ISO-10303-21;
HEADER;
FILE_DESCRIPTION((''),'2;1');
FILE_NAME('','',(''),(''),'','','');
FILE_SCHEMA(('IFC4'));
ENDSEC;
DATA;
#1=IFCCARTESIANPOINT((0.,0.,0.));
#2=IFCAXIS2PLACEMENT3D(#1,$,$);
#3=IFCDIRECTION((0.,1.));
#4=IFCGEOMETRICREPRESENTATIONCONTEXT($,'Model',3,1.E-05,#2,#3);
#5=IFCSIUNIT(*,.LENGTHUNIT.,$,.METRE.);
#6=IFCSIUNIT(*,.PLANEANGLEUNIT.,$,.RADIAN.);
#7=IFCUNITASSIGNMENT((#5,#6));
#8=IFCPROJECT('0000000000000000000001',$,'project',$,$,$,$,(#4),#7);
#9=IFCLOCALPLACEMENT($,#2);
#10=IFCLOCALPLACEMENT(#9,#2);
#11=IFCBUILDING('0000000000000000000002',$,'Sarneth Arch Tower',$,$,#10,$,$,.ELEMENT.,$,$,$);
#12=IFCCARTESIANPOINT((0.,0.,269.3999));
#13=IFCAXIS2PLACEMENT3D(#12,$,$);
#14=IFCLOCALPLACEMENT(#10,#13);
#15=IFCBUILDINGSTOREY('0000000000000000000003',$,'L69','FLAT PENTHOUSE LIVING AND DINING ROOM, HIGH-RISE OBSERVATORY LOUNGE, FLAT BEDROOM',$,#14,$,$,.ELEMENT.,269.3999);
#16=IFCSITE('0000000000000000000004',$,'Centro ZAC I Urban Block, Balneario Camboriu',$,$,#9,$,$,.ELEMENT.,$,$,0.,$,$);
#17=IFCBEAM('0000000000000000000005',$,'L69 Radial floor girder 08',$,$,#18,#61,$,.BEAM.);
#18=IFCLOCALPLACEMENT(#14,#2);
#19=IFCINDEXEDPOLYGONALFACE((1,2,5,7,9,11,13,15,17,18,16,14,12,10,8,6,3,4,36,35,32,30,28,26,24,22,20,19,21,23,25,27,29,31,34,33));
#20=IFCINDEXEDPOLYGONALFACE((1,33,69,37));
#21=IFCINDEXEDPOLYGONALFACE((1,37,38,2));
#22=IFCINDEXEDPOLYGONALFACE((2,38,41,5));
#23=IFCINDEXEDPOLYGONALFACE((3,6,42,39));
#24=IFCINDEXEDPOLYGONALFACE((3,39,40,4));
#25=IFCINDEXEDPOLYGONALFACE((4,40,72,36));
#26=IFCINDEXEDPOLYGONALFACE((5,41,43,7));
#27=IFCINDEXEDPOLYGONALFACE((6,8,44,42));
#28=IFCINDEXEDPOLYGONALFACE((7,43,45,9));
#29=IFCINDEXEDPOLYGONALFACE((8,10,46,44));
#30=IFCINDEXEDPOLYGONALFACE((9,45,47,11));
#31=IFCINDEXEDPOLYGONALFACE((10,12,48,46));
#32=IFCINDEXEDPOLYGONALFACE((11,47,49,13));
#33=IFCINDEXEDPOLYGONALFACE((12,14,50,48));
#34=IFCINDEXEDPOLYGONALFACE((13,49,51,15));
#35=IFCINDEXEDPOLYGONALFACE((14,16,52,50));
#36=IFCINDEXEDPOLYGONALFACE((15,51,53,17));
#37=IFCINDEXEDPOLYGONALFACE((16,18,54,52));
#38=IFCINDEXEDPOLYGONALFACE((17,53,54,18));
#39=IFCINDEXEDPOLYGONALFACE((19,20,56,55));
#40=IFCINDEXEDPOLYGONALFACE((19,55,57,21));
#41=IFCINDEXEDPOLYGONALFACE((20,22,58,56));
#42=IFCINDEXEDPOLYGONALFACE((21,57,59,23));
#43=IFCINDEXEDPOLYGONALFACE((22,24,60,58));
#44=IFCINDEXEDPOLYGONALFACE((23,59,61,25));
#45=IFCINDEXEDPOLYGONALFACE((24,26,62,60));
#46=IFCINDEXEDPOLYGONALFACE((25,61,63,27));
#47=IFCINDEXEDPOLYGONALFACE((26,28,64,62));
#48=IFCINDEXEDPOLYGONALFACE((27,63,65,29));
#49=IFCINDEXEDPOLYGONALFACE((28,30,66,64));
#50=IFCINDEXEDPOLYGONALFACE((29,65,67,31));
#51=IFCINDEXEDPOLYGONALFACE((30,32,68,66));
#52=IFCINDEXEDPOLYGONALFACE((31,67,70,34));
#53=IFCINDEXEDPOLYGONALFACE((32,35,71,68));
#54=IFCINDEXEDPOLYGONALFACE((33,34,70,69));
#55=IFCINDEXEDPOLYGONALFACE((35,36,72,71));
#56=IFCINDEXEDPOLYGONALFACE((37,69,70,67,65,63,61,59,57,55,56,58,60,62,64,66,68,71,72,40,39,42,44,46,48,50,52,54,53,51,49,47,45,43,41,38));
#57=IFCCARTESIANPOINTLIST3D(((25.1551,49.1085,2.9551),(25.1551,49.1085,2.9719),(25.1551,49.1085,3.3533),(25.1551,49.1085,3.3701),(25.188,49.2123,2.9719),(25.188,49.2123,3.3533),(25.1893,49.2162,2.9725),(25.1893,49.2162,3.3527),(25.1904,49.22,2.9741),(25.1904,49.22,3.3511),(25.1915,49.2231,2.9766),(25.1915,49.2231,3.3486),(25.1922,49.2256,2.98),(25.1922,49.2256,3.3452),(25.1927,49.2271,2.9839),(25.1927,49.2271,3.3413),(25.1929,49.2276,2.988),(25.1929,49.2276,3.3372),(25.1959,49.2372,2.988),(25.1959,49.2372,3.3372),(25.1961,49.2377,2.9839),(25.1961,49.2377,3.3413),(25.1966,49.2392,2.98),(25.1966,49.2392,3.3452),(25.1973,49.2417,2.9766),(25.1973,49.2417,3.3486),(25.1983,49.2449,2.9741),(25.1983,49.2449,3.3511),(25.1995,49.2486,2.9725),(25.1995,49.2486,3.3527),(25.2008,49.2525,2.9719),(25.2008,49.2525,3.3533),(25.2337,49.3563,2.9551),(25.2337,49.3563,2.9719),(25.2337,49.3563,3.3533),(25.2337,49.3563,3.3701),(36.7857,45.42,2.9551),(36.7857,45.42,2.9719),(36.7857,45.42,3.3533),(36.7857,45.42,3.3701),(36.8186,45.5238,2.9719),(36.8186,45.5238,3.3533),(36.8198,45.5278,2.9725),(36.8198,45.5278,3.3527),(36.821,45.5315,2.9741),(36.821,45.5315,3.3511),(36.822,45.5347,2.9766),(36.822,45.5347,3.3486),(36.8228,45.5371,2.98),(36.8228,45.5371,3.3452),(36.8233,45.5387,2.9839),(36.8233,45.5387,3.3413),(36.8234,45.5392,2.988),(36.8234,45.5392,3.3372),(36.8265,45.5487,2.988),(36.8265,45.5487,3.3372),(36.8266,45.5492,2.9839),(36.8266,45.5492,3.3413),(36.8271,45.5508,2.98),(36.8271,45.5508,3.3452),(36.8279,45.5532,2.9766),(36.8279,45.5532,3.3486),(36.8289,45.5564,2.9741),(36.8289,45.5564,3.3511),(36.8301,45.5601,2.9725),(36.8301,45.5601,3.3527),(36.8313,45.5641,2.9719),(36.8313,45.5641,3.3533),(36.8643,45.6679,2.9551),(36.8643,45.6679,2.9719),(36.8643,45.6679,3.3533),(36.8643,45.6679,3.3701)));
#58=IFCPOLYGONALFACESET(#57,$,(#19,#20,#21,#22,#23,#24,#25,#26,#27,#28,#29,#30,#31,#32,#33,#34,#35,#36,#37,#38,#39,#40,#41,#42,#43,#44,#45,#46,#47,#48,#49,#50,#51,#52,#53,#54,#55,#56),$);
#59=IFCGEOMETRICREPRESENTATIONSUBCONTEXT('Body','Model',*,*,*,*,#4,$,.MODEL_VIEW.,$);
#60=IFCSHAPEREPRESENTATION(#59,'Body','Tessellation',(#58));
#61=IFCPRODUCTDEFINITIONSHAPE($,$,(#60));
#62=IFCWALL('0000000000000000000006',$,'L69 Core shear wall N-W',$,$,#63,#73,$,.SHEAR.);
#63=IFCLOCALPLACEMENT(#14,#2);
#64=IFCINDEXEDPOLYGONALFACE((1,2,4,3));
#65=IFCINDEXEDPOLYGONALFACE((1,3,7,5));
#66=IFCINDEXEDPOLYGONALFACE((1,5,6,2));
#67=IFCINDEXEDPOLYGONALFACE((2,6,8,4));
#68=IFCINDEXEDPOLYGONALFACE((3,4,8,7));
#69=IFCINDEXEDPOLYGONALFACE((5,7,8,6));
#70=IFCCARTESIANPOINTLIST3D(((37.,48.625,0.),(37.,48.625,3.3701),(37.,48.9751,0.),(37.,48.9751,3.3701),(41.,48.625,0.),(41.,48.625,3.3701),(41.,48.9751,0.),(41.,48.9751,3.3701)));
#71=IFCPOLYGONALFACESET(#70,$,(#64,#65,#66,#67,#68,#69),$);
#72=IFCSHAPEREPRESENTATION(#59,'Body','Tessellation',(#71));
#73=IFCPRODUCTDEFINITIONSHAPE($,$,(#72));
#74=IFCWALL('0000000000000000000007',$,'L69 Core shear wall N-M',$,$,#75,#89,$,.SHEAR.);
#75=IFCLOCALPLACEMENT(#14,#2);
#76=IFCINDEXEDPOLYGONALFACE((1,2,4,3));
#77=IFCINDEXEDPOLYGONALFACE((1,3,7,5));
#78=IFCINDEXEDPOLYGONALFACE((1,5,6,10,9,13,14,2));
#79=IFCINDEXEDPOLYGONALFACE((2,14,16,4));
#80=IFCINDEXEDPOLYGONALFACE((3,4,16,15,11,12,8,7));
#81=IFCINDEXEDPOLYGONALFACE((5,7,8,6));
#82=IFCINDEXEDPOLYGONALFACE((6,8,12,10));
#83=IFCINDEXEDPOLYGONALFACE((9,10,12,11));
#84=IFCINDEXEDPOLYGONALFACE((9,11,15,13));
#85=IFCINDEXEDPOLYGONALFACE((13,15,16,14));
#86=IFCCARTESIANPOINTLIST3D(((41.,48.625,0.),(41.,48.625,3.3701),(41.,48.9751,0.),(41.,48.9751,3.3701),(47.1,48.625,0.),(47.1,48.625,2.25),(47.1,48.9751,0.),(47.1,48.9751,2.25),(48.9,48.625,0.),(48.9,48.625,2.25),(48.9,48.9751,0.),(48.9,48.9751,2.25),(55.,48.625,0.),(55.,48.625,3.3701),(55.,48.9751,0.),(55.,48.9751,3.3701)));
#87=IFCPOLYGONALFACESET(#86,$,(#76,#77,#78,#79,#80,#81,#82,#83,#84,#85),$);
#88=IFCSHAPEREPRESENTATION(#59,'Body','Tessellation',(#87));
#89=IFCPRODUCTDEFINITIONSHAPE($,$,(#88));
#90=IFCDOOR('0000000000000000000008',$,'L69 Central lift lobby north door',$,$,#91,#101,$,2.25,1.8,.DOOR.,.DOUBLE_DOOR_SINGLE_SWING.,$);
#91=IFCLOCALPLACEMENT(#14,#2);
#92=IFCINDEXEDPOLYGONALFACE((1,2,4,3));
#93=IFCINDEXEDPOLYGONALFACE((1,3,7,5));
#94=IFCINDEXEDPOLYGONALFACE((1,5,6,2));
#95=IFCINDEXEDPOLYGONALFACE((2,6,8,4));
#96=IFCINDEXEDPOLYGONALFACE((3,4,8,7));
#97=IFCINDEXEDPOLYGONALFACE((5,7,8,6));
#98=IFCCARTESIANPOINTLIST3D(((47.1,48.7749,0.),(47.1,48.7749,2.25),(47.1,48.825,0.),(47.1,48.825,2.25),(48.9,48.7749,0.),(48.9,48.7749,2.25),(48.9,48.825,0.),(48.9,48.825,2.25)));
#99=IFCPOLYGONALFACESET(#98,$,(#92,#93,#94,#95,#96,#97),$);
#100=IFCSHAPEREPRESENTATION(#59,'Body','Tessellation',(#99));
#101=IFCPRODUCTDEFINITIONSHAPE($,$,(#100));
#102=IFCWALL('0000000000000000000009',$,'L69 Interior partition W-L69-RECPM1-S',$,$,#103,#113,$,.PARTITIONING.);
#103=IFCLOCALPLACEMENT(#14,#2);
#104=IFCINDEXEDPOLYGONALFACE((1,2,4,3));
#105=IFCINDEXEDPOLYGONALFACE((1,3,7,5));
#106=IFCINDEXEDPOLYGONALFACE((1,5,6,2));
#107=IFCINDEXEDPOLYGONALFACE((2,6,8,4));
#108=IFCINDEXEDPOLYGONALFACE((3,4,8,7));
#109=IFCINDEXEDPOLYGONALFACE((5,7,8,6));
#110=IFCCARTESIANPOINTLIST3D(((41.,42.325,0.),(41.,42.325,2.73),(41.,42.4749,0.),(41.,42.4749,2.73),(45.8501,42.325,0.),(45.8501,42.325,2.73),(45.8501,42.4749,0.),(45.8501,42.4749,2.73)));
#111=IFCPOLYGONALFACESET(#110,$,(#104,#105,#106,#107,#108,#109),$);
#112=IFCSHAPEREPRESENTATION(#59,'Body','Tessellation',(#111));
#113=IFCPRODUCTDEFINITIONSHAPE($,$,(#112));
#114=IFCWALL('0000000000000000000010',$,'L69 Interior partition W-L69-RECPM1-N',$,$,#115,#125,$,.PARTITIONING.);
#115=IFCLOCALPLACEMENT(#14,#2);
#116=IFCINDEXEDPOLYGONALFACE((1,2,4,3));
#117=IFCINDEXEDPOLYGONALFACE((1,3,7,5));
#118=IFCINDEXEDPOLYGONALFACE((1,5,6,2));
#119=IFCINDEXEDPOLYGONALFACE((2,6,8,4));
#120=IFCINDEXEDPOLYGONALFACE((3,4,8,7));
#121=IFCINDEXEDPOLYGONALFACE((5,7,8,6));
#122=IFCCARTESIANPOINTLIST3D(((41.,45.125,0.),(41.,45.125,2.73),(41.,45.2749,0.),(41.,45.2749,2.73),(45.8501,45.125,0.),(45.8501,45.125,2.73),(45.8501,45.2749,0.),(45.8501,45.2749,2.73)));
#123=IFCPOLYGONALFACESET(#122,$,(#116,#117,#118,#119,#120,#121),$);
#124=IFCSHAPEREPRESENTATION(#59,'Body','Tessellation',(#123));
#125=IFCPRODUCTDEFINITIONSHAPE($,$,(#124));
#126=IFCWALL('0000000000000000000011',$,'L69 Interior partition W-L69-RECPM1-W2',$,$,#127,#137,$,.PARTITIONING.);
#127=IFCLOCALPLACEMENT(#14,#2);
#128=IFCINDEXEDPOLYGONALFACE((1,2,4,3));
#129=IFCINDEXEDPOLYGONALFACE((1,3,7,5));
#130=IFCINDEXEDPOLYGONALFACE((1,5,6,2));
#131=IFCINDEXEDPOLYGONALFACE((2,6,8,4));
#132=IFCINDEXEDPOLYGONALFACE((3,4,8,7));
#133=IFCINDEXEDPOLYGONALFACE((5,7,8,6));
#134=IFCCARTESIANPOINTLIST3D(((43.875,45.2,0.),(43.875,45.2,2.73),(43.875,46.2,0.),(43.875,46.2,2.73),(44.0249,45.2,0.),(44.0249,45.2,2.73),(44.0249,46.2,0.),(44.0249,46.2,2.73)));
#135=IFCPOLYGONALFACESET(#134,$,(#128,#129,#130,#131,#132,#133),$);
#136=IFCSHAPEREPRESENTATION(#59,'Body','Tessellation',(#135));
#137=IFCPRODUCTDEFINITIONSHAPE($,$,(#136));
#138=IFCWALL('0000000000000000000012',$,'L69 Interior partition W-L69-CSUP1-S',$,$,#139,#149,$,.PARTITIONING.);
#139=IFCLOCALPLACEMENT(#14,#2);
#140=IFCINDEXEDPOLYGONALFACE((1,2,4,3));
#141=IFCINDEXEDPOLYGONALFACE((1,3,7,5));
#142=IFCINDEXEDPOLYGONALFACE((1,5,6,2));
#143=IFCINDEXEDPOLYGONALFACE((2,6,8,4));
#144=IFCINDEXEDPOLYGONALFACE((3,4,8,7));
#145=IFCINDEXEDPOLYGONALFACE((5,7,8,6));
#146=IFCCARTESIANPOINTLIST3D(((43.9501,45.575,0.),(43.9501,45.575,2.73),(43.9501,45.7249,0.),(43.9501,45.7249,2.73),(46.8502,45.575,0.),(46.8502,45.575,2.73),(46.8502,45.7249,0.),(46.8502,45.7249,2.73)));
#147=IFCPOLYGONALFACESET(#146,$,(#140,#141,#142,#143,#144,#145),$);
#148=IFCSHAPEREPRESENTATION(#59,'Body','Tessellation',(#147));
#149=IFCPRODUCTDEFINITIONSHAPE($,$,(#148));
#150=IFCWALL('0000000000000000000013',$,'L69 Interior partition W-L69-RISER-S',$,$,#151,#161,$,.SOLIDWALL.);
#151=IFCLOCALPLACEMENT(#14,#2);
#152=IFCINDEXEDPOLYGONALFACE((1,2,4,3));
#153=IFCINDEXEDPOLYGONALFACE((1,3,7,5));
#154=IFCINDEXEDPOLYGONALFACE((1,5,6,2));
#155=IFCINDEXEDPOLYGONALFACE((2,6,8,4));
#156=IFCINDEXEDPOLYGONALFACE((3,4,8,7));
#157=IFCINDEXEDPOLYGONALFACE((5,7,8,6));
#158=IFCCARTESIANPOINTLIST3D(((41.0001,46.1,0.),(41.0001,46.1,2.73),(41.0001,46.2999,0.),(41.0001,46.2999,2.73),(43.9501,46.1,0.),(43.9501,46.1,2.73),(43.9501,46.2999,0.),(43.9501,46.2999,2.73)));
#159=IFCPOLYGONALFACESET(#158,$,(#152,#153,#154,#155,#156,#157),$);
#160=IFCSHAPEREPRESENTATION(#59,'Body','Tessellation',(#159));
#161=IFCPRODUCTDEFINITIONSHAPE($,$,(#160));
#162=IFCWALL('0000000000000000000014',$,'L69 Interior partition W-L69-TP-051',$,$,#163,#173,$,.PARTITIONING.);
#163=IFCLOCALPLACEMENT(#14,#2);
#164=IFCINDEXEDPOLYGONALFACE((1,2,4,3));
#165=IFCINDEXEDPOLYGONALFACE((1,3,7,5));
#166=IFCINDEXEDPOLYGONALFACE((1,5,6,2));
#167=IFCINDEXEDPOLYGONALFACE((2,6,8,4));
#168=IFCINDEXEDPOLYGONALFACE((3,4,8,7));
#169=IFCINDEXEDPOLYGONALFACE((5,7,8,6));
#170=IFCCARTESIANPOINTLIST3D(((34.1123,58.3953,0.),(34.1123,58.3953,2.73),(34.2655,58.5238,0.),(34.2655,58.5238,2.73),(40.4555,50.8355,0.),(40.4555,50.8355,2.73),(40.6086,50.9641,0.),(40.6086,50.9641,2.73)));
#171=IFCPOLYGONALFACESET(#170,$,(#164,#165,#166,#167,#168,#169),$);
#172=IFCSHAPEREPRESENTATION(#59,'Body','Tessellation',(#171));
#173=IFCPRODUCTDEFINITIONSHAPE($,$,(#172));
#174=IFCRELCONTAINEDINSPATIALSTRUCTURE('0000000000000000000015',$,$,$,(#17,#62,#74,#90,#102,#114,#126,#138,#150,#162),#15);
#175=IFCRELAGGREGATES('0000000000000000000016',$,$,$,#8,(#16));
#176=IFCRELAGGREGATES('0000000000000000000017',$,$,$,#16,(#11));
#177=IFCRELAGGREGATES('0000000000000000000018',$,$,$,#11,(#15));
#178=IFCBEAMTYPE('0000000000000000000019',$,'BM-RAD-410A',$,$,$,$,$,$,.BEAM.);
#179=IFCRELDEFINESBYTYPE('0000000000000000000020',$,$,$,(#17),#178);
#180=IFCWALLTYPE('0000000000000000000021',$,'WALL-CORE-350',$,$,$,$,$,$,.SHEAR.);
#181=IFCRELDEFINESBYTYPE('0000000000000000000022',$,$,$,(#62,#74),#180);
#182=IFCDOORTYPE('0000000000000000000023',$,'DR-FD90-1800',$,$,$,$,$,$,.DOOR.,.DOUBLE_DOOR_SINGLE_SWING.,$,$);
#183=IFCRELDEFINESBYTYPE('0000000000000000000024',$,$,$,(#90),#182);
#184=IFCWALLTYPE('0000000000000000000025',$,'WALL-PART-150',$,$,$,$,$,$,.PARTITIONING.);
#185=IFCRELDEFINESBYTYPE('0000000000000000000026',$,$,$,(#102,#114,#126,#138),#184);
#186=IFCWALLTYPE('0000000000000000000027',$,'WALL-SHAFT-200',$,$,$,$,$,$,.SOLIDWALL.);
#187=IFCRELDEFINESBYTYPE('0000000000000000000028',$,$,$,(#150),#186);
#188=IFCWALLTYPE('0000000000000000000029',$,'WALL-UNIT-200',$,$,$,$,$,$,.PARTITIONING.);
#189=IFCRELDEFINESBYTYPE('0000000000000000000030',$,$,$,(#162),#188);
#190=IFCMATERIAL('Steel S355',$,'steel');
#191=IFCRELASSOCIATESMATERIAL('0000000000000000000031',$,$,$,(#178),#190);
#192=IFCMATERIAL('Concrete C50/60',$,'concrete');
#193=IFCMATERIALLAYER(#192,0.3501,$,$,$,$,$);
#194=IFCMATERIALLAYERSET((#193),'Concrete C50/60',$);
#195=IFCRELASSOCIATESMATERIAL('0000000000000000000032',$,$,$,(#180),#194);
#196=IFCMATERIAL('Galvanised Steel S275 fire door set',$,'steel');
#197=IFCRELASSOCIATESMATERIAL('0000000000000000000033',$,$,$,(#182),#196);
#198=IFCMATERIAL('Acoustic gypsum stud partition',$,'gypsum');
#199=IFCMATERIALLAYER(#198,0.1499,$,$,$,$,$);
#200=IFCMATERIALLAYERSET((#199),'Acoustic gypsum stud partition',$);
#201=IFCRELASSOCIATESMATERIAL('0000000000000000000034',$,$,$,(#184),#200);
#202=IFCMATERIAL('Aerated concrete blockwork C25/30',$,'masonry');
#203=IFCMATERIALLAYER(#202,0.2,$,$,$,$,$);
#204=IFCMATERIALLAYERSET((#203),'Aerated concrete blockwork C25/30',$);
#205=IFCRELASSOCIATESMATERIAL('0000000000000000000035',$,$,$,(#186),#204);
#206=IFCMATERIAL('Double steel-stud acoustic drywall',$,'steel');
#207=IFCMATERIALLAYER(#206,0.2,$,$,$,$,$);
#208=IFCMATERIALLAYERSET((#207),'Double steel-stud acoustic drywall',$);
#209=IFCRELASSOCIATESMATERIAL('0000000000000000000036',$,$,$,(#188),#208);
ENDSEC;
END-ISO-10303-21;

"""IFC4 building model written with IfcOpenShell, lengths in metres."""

from ifc_helpers import new_model, si_unit, direction, frame, frame_2d, origin, origin_2d, place, context, subcontext, project, spatial, rectangle, i_section, extrude, material, layer, layer_set, material_profile, profile_set, type_object, element, fill, save


model = new_model("IFC4")

# Units and contexts
model_context = context("Model", 3, precision=1e-05, world=origin(), true_north=direction((0.0, 1.0)))
body_context = subcontext(model_context, "Body", "Model", "MODEL_VIEW")
ifc_project = project(units=[si_unit("LENGTHUNIT", "METRE"), si_unit("PLANEANGLEUNIT", "RADIAN")], contexts=[model_context])

# Site, building, storey
site_placement = place(None, origin())
site = spatial("IfcSite", under=ifc_project, at=site_placement, Name="Centro ZAC I Urban Block, Balneario Camboriu", CompositionType="ELEMENT", RefElevation=0.0)
building_placement = place(site_placement, origin())
building = spatial("IfcBuilding", under=site, at=building_placement, Name="Sarneth Arch Tower", CompositionType="ELEMENT")
storey_placement = place(building_placement, frame((0.0, 0.0, 269.3999)))
storey = spatial("IfcBuildingStorey", under=building, at=storey_placement, Name="L69", Description="FLAT PENTHOUSE LIVING AND DINING ROOM, HIGH-RISE OBSERVATORY LOUNGE, FLAT BEDROOM", CompositionType="ELEMENT", Elevation=269.3999)

# Beam
ifc_material_1 = material(Name="Steel S355", Category="steel")
ifc_material_profile_1 = material_profile(ifc_material_1, i_section(OverallWidth=0.26, OverallDepth=0.415, WebThickness=0.01, FlangeThickness=0.0168, FilletRadius=0.0161, at=origin_2d()), Name="W410x100")
ifc_profile_set_1 = profile_set([ifc_material_profile_1], Name="Steel S355")
beam_type_1 = type_object("IfcBeamType", Name="BM-RAD-410A", PredefinedType="BEAM", material=ifc_profile_set_1)
beam_1_placement = place(storey_placement, frame((36.825, 45.5439, 3.1626), z_axis=(-0.953214, 0.302298, 0.0), x_axis=(-0.302298, -0.953214, 0.0)))
element("IfcBeam", 1, at=beam_1_placement, inside=storey, type_object=beam_type_1, Name="L69 Radial floor girder 08", PredefinedType="BEAM", context=body_context, shape_type="SweptSolid", body=[
    extrude(i_section(OverallWidth=0.26, OverallDepth=0.415, WebThickness=0.01, FlangeThickness=0.0168, FilletRadius=0.0161, at=origin_2d()), origin(), (0.0, 0.0, 1.0), 12.2014),
])

# Wall
ifc_material_2 = material(Name="Concrete C50/60", Category="concrete")
ifc_layer_1 = layer(ifc_material_2, 0.3501)
ifc_layer_set_1 = layer_set([ifc_layer_1], Name="Concrete C50/60")
wall_type_1 = type_object("IfcWallType", Name="WALL-CORE-350", PredefinedType="SHEAR", material=ifc_layer_set_1)
wall_1_placement = place(storey_placement, frame((37.0, 48.8, 0.0), z_axis=(0.0, 0.0, 1.0), x_axis=(1.0, 0.0, 0.0)))
element("IfcWall", 2, at=wall_1_placement, inside=storey, type_object=wall_type_1, Name="L69 Core shear wall N-W", PredefinedType="SHEAR", context=body_context, shape_type="SweptSolid", body=[
    extrude(rectangle(XDim=4.0, YDim=0.3501, at=frame_2d((2.0, 0.0))), origin(), (0.0, 0.0, 1.0), 3.3701),
])

# Wall, opening, door
wall_2_placement = place(storey_placement, frame((41.0, 48.8, 0.0), z_axis=(0.0, 0.0, 1.0), x_axis=(1.0, 0.0, 0.0)))
wall_2 = element("IfcWall", 3, at=wall_2_placement, inside=storey, type_object=wall_type_1, Name="L69 Core shear wall N-M", PredefinedType="SHEAR", context=body_context, shape_type="SweptSolid", body=[
    extrude(rectangle(XDim=14.0, YDim=0.3501, at=frame_2d((7.0, 0.0))), origin(), (0.0, 0.0, 1.0), 3.3701),
])
opening_1_placement = place(wall_2_placement, frame((6.1001, 0.0, 0.0)))
opening_1 = element("IfcOpeningElement", 4, at=opening_1_placement, cuts=wall_2, PredefinedType="OPENING", context=body_context, shape_type="SweptSolid", body=[
    extrude(rectangle(XDim=1.8, YDim=2.25, at=frame_2d((0.8999, 1.125))), frame((0.0, 0.1851, 0.0), z_axis=(0.0, -1.0, 0.0), x_axis=(1.0, 0.0, 0.0)), (0.0, 0.0, 1.0), 0.3701),
])
ifc_material_3 = material(Name="Galvanised Steel S275 fire door set", Category="steel")
door_type_1 = type_object("IfcDoorType", Name="DR-FD90-1800", OperationType="DOUBLE_DOOR_SINGLE_SWING", PredefinedType="DOOR", material=ifc_material_3)
door_1_placement = place(opening_1_placement, origin())
door_1 = element("IfcDoor", 5, at=door_1_placement, inside=storey, type_object=door_type_1, Name="L69 Central lift lobby north door", OperationType="DOUBLE_DOOR_SINGLE_SWING", OverallHeight=2.25, OverallWidth=1.8, PredefinedType="DOOR", context=body_context, shape_type="SweptSolid", body=[
    extrude(rectangle(XDim=1.8, YDim=2.25, at=frame_2d((0.8999, 1.125))), frame((0.0, 0.0249, 0.0), z_axis=(0.0, -1.0, 0.0), x_axis=(1.0, 0.0, 0.0)), (0.0, 0.0, 1.0), 0.05),
])
fill(opening_1, door_1)

# Walls
ifc_material_4 = material(Name="Acoustic gypsum stud partition", Category="gypsum")
ifc_layer_2 = layer(ifc_material_4, 0.1499)
ifc_layer_set_2 = layer_set([ifc_layer_2], Name="Acoustic gypsum stud partition")
wall_type_2 = type_object("IfcWallType", Name="WALL-PART-150", PredefinedType="PARTITIONING", material=ifc_layer_set_2)
for number, where, z_axis, x_axis, name in (
    (6, (41.0, 42.3999, 0.0), (0.0, 0.0, 1.0), (1.0, 0.0, 0.0), "L69 Interior partition W-L69-RECPM1-S"),
    (7, (41.0, 45.2, 0.0), (0.0, 0.0, 1.0), (1.0, 0.0, 0.0), "L69 Interior partition W-L69-RECPM1-N"),
):
    element("IfcWall", number, at=place(storey_placement, frame(where, z_axis=z_axis, x_axis=x_axis)), inside=storey, type_object=wall_type_2, Name=name, PredefinedType="PARTITIONING", context=body_context, shape_type="SweptSolid", body=[
        extrude(rectangle(XDim=4.8501, YDim=0.1499, at=frame_2d((2.425, 0.0))), origin(), (0.0, 0.0, 1.0), 2.73),
    ])
wall_3_placement = place(storey_placement, frame((43.95, 45.2, 0.0), z_axis=(0.0, 0.0, 1.0), x_axis=(0.0, 1.0, 0.0)))
element("IfcWall", 8, at=wall_3_placement, inside=storey, type_object=wall_type_2, Name="L69 Interior partition W-L69-RECPM1-W2", PredefinedType="PARTITIONING", context=body_context, shape_type="SweptSolid", body=[
    extrude(rectangle(XDim=1.0, YDim=0.1499, at=frame_2d((0.5, 0.0))), origin(), (0.0, 0.0, 1.0), 2.73),
])

# Wall
wall_4_placement = place(storey_placement, frame((43.95, 45.6499, 0.0), z_axis=(0.0, 0.0, 1.0), x_axis=(1.0, 0.0, 0.0)))
element("IfcWall", 9, at=wall_4_placement, inside=storey, type_object=wall_type_2, Name="L69 Interior partition W-L69-CSUP1-S", PredefinedType="PARTITIONING", context=body_context, shape_type="SweptSolid", body=[
    extrude(rectangle(XDim=2.9001, YDim=0.1499, at=frame_2d((1.4502, 0.0))), origin(), (0.0, 0.0, 1.0), 2.73),
])

# Wall
ifc_material_5 = material(Name="Aerated concrete blockwork C25/30", Category="masonry")
ifc_layer_3 = layer(ifc_material_5, 0.2)
ifc_layer_set_3 = layer_set([ifc_layer_3], Name="Aerated concrete blockwork C25/30")
wall_type_3 = type_object("IfcWallType", Name="WALL-SHAFT-200", PredefinedType="SOLIDWALL", material=ifc_layer_set_3)
wall_5_placement = place(storey_placement, frame((41.0, 46.2, 0.0), z_axis=(0.0, 0.0, 1.0), x_axis=(1.0, 0.0, 0.0)))
element("IfcWall", 10, at=wall_5_placement, inside=storey, type_object=wall_type_3, Name="L69 Interior partition W-L69-RISER-S", PredefinedType="SOLIDWALL", context=body_context, shape_type="SweptSolid", body=[
    extrude(rectangle(XDim=2.95, YDim=0.2, at=frame_2d((1.4751, 0.0))), origin(), (0.0, 0.0, 1.0), 2.73),
])

# Wall
ifc_material_6 = material(Name="Double steel-stud acoustic drywall", Category="steel")
ifc_layer_4 = layer(ifc_material_6, 0.2)
ifc_layer_set_4 = layer_set([ifc_layer_4], Name="Double steel-stud acoustic drywall")
wall_type_4 = type_object("IfcWallType", Name="WALL-UNIT-200", PredefinedType="PARTITIONING", material=ifc_layer_set_4)
wall_6_placement = place(storey_placement, frame((40.532, 50.8999, 0.0), z_axis=(0.0, 0.0, 1.0), x_axis=(-0.642777, 0.766053, 0.0)))
element("IfcWall", 11, at=wall_6_placement, inside=storey, type_object=wall_type_4, Name="L69 Interior partition W-L69-TP-051", PredefinedType="PARTITIONING", context=body_context, shape_type="SweptSolid", body=[
    extrude(rectangle(XDim=9.8684, YDim=0.2, at=frame_2d((4.9341, 0.0))), origin(), (0.0, 0.0, 1.0), 2.73),
])

save(model, "model.ifc")
